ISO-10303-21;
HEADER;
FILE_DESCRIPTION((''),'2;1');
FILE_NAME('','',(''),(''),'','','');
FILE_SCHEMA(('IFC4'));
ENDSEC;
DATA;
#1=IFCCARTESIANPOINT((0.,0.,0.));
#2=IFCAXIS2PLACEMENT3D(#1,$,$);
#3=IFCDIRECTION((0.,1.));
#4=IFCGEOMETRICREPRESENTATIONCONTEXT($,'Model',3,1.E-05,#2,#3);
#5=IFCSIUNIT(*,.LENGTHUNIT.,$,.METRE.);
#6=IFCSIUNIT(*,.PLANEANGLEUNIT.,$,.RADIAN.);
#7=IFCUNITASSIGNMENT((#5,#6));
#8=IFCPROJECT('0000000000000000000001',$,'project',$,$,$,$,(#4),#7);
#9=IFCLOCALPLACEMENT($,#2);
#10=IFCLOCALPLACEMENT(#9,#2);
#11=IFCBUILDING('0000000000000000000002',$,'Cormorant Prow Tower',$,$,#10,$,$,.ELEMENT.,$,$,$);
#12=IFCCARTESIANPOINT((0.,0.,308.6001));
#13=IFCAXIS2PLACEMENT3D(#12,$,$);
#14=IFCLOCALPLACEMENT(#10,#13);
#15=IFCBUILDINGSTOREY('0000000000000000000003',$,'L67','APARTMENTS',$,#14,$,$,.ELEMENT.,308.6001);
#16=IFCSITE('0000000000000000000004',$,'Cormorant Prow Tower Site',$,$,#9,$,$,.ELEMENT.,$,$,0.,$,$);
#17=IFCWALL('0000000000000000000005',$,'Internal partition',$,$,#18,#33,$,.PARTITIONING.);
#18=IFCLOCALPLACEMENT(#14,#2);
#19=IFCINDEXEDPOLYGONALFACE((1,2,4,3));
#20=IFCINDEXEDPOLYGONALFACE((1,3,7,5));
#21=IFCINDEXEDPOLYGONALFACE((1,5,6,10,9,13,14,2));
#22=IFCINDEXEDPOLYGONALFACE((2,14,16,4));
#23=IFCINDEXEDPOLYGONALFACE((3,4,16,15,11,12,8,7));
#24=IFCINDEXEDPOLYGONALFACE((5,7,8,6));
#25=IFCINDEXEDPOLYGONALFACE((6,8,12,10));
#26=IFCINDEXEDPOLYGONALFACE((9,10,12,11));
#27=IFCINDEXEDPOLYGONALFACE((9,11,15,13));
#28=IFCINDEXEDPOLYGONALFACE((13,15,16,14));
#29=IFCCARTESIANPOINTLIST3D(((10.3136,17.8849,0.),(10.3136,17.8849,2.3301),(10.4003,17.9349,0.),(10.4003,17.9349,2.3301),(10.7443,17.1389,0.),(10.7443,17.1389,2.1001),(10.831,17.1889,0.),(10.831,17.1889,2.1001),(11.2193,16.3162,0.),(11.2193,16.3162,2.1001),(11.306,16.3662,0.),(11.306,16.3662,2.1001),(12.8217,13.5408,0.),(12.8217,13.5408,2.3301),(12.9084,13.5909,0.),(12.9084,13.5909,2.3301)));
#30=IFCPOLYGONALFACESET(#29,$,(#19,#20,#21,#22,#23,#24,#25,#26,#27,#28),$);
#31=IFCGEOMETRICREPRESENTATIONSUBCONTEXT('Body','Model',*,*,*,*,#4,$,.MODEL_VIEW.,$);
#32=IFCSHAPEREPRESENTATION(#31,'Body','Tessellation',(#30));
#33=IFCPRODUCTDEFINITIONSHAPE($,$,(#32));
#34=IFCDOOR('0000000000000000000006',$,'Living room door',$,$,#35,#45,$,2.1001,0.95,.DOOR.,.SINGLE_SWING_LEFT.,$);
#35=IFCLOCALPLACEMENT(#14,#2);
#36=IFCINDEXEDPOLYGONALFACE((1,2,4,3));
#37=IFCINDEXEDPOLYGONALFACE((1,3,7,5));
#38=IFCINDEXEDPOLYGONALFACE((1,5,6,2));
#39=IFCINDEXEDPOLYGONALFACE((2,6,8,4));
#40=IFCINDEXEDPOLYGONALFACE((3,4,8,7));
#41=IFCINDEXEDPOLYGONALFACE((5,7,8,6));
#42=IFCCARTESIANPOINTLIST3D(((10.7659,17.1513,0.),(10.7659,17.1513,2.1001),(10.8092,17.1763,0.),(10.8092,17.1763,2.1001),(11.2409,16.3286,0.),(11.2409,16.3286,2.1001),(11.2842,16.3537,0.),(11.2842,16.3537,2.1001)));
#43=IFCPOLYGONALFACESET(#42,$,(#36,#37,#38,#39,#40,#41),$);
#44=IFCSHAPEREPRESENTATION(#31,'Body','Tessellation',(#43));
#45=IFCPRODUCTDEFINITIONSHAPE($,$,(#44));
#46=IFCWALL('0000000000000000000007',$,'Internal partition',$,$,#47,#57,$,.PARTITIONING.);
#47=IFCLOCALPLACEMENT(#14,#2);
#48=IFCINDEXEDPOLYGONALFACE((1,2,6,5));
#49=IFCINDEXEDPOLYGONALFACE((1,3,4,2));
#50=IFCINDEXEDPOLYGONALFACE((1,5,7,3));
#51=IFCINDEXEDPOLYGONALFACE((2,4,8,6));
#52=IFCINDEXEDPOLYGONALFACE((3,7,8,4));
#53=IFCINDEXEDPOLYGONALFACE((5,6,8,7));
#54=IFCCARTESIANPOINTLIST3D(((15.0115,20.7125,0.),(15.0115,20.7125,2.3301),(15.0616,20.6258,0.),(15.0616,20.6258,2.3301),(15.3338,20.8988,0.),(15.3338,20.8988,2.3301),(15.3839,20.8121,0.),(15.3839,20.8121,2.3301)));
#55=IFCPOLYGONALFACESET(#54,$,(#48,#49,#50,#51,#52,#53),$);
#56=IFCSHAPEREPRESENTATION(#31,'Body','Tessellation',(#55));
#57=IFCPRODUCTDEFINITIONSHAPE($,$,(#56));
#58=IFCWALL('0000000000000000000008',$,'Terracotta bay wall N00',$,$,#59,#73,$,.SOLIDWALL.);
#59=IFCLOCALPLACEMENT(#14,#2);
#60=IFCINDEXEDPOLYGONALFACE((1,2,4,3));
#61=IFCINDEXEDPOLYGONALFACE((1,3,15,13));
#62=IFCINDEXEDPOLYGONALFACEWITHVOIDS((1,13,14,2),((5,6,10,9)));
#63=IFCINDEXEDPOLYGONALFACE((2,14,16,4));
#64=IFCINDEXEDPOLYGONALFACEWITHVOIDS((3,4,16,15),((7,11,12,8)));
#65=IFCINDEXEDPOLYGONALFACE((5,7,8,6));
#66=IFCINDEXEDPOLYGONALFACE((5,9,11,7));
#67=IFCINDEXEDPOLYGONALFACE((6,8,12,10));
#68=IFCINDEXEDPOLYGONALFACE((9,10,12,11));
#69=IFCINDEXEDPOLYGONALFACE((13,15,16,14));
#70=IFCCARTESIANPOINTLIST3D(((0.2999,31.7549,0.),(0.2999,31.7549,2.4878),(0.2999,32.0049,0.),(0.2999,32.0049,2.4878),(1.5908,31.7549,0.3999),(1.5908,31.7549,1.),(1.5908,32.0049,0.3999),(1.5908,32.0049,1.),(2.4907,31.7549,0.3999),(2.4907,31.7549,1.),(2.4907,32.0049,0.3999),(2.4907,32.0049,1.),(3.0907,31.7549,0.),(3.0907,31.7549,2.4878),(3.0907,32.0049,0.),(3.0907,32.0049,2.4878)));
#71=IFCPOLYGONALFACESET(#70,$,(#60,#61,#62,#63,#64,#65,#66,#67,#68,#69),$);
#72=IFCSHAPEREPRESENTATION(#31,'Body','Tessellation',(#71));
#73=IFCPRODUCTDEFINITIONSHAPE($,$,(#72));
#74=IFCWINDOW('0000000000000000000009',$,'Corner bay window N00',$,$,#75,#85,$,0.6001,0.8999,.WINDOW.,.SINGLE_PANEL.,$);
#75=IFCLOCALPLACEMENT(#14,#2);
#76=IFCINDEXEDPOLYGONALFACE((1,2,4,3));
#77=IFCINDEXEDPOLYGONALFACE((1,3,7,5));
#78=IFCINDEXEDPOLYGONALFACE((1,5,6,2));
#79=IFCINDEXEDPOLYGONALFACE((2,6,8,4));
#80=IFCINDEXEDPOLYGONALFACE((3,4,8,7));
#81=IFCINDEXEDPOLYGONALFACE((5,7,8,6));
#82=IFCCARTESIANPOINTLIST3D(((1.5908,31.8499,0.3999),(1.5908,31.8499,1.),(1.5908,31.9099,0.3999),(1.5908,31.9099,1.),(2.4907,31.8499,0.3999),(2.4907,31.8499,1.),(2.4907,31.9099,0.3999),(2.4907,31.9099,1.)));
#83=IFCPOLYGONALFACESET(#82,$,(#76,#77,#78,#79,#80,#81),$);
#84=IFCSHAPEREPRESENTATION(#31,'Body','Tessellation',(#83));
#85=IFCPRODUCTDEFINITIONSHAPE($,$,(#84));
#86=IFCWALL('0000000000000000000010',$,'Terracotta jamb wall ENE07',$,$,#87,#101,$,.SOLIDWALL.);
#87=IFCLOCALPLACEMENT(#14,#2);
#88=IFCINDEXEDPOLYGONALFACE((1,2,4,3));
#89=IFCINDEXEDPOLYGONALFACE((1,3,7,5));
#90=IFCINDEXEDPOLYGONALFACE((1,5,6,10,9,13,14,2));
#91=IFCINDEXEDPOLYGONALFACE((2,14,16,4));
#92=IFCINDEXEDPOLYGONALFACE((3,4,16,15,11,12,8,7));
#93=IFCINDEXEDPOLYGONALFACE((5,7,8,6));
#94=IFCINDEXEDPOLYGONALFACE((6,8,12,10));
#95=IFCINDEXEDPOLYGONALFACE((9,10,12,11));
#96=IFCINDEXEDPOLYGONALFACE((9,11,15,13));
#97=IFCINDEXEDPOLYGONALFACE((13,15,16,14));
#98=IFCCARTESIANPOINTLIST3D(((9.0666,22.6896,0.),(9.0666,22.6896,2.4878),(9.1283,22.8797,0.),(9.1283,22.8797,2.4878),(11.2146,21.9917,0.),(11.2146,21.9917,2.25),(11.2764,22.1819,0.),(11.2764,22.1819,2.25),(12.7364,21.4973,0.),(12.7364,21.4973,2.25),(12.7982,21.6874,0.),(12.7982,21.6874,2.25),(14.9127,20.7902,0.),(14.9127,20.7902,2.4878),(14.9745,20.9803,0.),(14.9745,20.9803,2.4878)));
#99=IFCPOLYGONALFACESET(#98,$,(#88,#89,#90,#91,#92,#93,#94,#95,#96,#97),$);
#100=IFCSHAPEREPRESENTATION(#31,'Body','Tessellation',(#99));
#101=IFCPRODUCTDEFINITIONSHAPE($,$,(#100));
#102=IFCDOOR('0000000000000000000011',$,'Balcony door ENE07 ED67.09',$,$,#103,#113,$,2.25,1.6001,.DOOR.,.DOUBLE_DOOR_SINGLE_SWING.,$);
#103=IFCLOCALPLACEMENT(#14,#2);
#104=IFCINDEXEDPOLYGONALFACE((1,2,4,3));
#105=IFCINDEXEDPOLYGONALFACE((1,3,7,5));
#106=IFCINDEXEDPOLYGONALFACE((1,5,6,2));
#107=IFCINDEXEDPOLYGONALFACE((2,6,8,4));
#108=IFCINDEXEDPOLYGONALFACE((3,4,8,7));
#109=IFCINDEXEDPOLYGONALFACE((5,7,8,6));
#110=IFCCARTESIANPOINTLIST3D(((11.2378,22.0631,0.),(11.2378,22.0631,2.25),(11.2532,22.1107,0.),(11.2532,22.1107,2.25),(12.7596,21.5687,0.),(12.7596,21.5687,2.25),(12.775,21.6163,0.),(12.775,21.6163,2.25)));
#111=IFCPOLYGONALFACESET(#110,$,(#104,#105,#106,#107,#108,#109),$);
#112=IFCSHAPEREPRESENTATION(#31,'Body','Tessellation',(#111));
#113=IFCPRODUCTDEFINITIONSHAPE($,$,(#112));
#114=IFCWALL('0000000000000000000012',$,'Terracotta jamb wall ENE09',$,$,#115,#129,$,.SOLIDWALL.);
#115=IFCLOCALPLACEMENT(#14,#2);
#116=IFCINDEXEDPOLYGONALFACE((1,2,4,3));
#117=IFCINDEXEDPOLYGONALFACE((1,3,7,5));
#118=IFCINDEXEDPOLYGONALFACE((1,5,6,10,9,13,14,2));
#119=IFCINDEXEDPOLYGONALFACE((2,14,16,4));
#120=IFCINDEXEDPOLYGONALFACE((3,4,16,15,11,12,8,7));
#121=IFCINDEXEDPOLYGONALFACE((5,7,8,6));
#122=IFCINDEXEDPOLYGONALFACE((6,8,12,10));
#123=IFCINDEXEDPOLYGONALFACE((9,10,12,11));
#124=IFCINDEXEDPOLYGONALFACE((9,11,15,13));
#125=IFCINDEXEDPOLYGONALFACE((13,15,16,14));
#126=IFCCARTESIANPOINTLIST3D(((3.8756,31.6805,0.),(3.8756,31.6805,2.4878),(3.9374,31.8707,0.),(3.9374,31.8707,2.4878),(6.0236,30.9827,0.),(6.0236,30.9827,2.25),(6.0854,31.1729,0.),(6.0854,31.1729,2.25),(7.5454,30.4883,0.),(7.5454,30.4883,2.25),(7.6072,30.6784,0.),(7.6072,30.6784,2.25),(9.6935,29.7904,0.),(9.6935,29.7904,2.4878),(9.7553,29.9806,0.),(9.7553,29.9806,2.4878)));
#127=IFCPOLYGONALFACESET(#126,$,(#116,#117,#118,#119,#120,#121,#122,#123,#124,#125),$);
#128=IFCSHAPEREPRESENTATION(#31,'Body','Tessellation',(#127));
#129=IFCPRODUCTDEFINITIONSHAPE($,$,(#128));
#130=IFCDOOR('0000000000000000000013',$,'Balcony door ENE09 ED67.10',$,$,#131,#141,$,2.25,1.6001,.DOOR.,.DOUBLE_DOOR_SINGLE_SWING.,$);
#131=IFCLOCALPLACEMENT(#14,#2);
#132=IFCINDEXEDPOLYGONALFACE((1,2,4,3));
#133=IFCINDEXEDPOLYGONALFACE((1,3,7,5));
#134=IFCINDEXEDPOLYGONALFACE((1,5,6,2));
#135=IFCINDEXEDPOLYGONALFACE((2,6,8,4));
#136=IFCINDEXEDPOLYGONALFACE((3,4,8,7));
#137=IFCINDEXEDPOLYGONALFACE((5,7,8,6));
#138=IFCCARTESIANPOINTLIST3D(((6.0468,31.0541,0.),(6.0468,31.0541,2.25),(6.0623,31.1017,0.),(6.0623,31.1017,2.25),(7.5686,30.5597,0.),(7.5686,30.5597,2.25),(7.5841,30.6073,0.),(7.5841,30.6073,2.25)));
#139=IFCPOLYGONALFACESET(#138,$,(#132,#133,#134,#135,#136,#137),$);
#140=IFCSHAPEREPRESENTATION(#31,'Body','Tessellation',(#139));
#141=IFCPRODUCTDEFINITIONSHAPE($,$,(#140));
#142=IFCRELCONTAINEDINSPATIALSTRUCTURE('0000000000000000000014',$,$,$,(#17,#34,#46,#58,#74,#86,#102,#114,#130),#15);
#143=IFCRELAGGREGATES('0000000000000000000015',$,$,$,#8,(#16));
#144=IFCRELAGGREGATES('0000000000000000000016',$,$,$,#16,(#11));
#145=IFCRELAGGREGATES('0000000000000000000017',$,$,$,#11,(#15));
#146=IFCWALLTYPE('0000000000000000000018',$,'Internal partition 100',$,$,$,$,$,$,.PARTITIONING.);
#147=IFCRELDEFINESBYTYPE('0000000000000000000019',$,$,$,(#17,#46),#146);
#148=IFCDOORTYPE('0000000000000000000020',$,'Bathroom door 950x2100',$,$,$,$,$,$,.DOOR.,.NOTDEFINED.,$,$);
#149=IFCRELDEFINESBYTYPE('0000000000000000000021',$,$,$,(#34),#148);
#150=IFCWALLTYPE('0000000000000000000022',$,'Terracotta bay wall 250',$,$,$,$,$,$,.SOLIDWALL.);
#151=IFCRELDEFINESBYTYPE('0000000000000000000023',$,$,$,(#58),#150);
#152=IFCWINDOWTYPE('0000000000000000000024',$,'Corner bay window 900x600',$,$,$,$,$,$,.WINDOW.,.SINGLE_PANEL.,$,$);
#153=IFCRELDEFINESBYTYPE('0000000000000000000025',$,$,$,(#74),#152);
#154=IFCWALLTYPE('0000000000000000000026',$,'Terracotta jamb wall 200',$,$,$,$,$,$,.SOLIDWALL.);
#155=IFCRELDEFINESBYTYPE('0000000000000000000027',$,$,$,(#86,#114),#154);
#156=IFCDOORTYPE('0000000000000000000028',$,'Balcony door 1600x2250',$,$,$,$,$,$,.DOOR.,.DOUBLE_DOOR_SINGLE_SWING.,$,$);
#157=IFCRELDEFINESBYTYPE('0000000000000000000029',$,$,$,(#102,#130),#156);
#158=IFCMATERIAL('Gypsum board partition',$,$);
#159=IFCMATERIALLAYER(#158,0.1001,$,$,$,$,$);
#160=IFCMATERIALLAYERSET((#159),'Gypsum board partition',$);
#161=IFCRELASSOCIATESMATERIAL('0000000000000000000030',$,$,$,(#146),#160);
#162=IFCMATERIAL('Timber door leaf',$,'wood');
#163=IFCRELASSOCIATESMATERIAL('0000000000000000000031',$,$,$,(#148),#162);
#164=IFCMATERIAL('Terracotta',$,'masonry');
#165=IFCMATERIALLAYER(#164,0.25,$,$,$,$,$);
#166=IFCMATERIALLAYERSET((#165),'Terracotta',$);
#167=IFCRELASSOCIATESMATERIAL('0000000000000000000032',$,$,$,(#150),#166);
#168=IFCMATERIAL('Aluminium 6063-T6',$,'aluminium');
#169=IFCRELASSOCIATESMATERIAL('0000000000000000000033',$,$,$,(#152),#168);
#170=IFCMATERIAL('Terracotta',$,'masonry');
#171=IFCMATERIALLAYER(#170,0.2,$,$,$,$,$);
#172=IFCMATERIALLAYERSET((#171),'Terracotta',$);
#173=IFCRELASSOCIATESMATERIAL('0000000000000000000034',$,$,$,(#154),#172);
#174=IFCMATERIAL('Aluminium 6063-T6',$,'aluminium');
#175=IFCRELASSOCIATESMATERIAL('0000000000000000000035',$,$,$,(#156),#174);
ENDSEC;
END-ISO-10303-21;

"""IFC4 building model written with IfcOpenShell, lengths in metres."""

from ifc_helpers import new_model, si_unit, direction, frame, frame_2d, origin, place, context, subcontext, project, spatial, rectangle, extrude, material, layer, layer_set, type_object, element, fill, save


model = new_model("IFC4")

# Units and contexts
model_context = context("Model", 3, precision=1e-05, world=origin(), true_north=direction((0.0, 1.0)))
body_context = subcontext(model_context, "Body", "Model", "MODEL_VIEW")
ifc_project = project(units=[si_unit("LENGTHUNIT", "METRE"), si_unit("PLANEANGLEUNIT", "RADIAN")], contexts=[model_context])

# Site, building, storey
site_placement = place(None, origin())
site = spatial("IfcSite", under=ifc_project, at=site_placement, Name="Cormorant Prow Tower Site", CompositionType="ELEMENT", RefElevation=0.0)
building_placement = place(site_placement, origin())
building = spatial("IfcBuilding", under=site, at=building_placement, Name="Cormorant Prow Tower", CompositionType="ELEMENT")
storey_placement = place(building_placement, frame((0.0, 0.0, 308.6001)))
storey = spatial("IfcBuildingStorey", under=building, at=storey_placement, Name="L67", Description="APARTMENTS", CompositionType="ELEMENT", Elevation=308.6001)

# Wall, opening, door
ifc_material_1 = material(Name="Gypsum board partition")
ifc_layer_1 = layer(ifc_material_1, 0.1001)
ifc_layer_set_1 = layer_set([ifc_layer_1], Name="Gypsum board partition")
wall_type_1 = type_object("IfcWallType", Name="Internal partition 100", PredefinedType="PARTITIONING", material=ifc_layer_set_1)
ifc_material_2 = material(Name="Timber door leaf", Category="wood")
door_type_1 = type_object("IfcDoorType", Name="Bathroom door 950x2100", OperationType="NOTDEFINED", PredefinedType="DOOR", material=ifc_material_2)
wall_1_placement = place(storey_placement, frame((10.3569, 17.9099, 0.0), z_axis=(0.0, 0.0, 1.0), x_axis=(0.500008, -0.866021, 0.0)))
wall_1 = element("IfcWall", 1, at=wall_1_placement, inside=storey, type_object=wall_type_1, Name="Internal partition", PredefinedType="PARTITIONING", context=body_context, shape_type="SweptSolid", body=[
    extrude(rectangle(XDim=5.0161, YDim=0.1001, at=frame_2d((2.5081, 0.0))), origin(), (0.0, 0.0, 1.0), 2.3301),
])
opening_1_placement = place(wall_1_placement, frame((0.8613, 0.0, 0.0)))
opening_1 = element("IfcOpeningElement", 2, at=opening_1_placement, cuts=wall_1, PredefinedType="OPENING", context=body_context, shape_type="SweptSolid", body=[
    extrude(rectangle(XDim=0.95, YDim=2.1001, at=frame_2d((0.4751, 1.05))), frame((0.0, 0.0601, 0.0), z_axis=(0.0, -1.0, 0.0), x_axis=(1.0, 0.0, 0.0)), (0.0, 0.0, 1.0), 0.1201),
])
door_1_placement = place(opening_1_placement, origin())
door_1 = element("IfcDoor", 3, at=door_1_placement, inside=storey, type_object=door_type_1, Name="Living room door", OperationType="SINGLE_SWING_LEFT", OverallHeight=2.1001, OverallWidth=0.95, PredefinedType="DOOR", context=body_context, shape_type="SweptSolid", body=[
    extrude(rectangle(XDim=0.95, YDim=2.1001, at=frame_2d((0.4751, 1.05))), frame((0.0, 0.0249, 0.0), z_axis=(0.0, -1.0, 0.0), x_axis=(1.0, 0.0, 0.0)), (0.0, 0.0, 1.0), 0.05),
])
fill(opening_1, door_1)

# Wall
wall_2_placement = place(storey_placement, frame((15.0366, 20.6692, 0.0), z_axis=(0.0, 0.0, 1.0), x_axis=(0.86577, 0.500441, 0.0)))
element("IfcWall", 4, at=wall_2_placement, inside=storey, type_object=wall_type_1, Name="Internal partition", PredefinedType="PARTITIONING", context=body_context, shape_type="SweptSolid", body=[
    extrude(rectangle(XDim=0.3723, YDim=0.1001, at=frame_2d((0.186, 0.0))), origin(), (0.0, 0.0, 1.0), 2.3301),
])

# Wall, opening, window
ifc_material_3 = material(Name="Terracotta", Category="masonry")
ifc_layer_2 = layer(ifc_material_3, 0.25)
ifc_layer_set_2 = layer_set([ifc_layer_2], Name="Terracotta")
wall_type_2 = type_object("IfcWallType", Name="Terracotta bay wall 250", PredefinedType="SOLIDWALL", material=ifc_layer_set_2)
wall_3_placement = place(storey_placement, frame((3.0908, 31.8799, 0.0), z_axis=(0.0, 0.0, 1.0), x_axis=(-1.0, 0.0, 0.0)))
wall_3 = element("IfcWall", 5, at=wall_3_placement, inside=storey, type_object=wall_type_2, Name="Terracotta bay wall N00", PredefinedType="SOLIDWALL", context=body_context, shape_type="SweptSolid", body=[
    extrude(rectangle(XDim=2.7908, YDim=0.25, at=frame_2d((1.3955, 0.0))), origin(), (0.0, 0.0, 1.0), 2.4878),
])
opening_2_placement = place(wall_3_placement, frame((0.6001, 0.0, 0.3999)))
opening_2 = element("IfcOpeningElement", 6, at=opening_2_placement, cuts=wall_3, PredefinedType="OPENING", context=body_context, shape_type="SweptSolid", body=[
    extrude(rectangle(XDim=0.8999, YDim=0.6001, at=frame_2d((0.45, 0.3))), frame((0.0, 0.135, 0.0), z_axis=(0.0, -1.0, 0.0), x_axis=(1.0, 0.0, 0.0)), (0.0, 0.0, 1.0), 0.27),
])
ifc_material_4 = material(Name="Aluminium 6063-T6", Category="aluminium")
window_type = type_object("IfcWindowType", Name="Corner bay window 900x600", PartitioningType="SINGLE_PANEL", PredefinedType="WINDOW", material=ifc_material_4)
window_placement = place(opening_2_placement, origin())
window = element("IfcWindow", 7, at=window_placement, inside=storey, type_object=window_type, Name="Corner bay window N00", OverallHeight=0.6001, OverallWidth=0.8999, PartitioningType="SINGLE_PANEL", PredefinedType="WINDOW", context=body_context, shape_type="SweptSolid", body=[
    extrude(rectangle(XDim=0.8999, YDim=0.6001, at=frame_2d((0.45, 0.3))), frame((0.0, 0.03, 0.0), z_axis=(0.0, -1.0, 0.0), x_axis=(1.0, 0.0, 0.0)), (0.0, 0.0, 1.0), 0.0601),
])
fill(opening_2, window)

# Walls, openings, doors
ifc_material_5 = material(Name="Terracotta", Category="masonry")
ifc_layer_3 = layer(ifc_material_5, 0.2)
ifc_layer_set_3 = layer_set([ifc_layer_3], Name="Terracotta")
wall_type_3 = type_object("IfcWallType", Name="Terracotta jamb wall 200", PredefinedType="SOLIDWALL", material=ifc_layer_set_3)
wall_4_placement = place(storey_placement, frame((14.9436, 20.8853, 0.0), z_axis=(0.0, 0.0, 1.0), x_axis=(-0.951063, 0.308998, 0.0)))
wall_4 = element("IfcWall", 8, at=wall_4_placement, inside=storey, type_object=wall_type_3, Name="Terracotta jamb wall ENE07", PredefinedType="SOLIDWALL", context=body_context, shape_type="SweptSolid", body=[
    extrude(rectangle(XDim=6.147, YDim=0.2, at=frame_2d((3.0735, 0.0))), origin(), (0.0, 0.0, 1.0), 2.4878),
])
opening_3_placement = place(wall_4_placement, frame((2.2883, 0.0, 0.0)))
opening_3 = element("IfcOpeningElement", 9, at=opening_3_placement, cuts=wall_4, PredefinedType="OPENING", context=body_context, shape_type="SweptSolid", body=[
    extrude(rectangle(XDim=1.6001, YDim=2.25, at=frame_2d((0.8, 1.125))), frame((0.0, 0.1099, 0.0), z_axis=(0.0, -1.0, 0.0), x_axis=(1.0, 0.0, 0.0)), (0.0, 0.0, 1.0), 0.22),
])
ifc_material_6 = material(Name="Aluminium 6063-T6", Category="aluminium")
door_type_2 = type_object("IfcDoorType", Name="Balcony door 1600x2250", OperationType="DOUBLE_DOOR_SINGLE_SWING", PredefinedType="DOOR", material=ifc_material_6)
door_2_placement = place(opening_3_placement, origin())
door_2 = element("IfcDoor", 10, at=door_2_placement, inside=storey, type_object=door_type_2, Name="Balcony door ENE07 ED67.09", OperationType="DOUBLE_DOOR_SINGLE_SWING", OverallHeight=2.25, OverallWidth=1.6001, PredefinedType="DOOR", context=body_context, shape_type="SweptSolid", body=[
    extrude(rectangle(XDim=1.6001, YDim=2.25, at=frame_2d((0.8, 1.125))), frame((0.0, 0.0249, 0.0), z_axis=(0.0, -1.0, 0.0), x_axis=(1.0, 0.0, 0.0)), (0.0, 0.0, 1.0), 0.05),
])
fill(opening_3, door_2)
wall_5_placement = place(storey_placement, frame((9.7244, 29.8855, 0.0), z_axis=(0.0, 0.0, 1.0), x_axis=(-0.951066, 0.308987, 0.0)))
wall_5 = element("IfcWall", 11, at=wall_5_placement, inside=storey, type_object=wall_type_3, Name="Terracotta jamb wall ENE09", PredefinedType="SOLIDWALL", context=body_context, shape_type="SweptSolid", body=[
    extrude(rectangle(XDim=6.1172, YDim=0.2, at=frame_2d((3.0586, 0.0))), origin(), (0.0, 0.0, 1.0), 2.4878),
])
opening_4_placement = place(wall_5_placement, frame((2.2585, 0.0, 0.0)))
opening_4 = element("IfcOpeningElement", 12, at=opening_4_placement, cuts=wall_5, PredefinedType="OPENING", context=body_context, shape_type="SweptSolid", body=[
    extrude(rectangle(XDim=1.6001, YDim=2.25, at=frame_2d((0.8, 1.125))), frame((0.0, 0.1099, 0.0), z_axis=(0.0, -1.0, 0.0), x_axis=(1.0, 0.0, 0.0)), (0.0, 0.0, 1.0), 0.22),
])
door_3_placement = place(opening_4_placement, origin())
door_3 = element("IfcDoor", 13, at=door_3_placement, inside=storey, type_object=door_type_2, Name="Balcony door ENE09 ED67.10", OperationType="DOUBLE_DOOR_SINGLE_SWING", OverallHeight=2.25, OverallWidth=1.6001, PredefinedType="DOOR", context=body_context, shape_type="SweptSolid", body=[
    extrude(rectangle(XDim=1.6001, YDim=2.25, at=frame_2d((0.8, 1.125))), frame((0.0, 0.0249, 0.0), z_axis=(0.0, -1.0, 0.0), x_axis=(1.0, 0.0, 0.0)), (0.0, 0.0, 1.0), 0.05),
])
fill(opening_4, door_3)

save(model, "model.ifc")
